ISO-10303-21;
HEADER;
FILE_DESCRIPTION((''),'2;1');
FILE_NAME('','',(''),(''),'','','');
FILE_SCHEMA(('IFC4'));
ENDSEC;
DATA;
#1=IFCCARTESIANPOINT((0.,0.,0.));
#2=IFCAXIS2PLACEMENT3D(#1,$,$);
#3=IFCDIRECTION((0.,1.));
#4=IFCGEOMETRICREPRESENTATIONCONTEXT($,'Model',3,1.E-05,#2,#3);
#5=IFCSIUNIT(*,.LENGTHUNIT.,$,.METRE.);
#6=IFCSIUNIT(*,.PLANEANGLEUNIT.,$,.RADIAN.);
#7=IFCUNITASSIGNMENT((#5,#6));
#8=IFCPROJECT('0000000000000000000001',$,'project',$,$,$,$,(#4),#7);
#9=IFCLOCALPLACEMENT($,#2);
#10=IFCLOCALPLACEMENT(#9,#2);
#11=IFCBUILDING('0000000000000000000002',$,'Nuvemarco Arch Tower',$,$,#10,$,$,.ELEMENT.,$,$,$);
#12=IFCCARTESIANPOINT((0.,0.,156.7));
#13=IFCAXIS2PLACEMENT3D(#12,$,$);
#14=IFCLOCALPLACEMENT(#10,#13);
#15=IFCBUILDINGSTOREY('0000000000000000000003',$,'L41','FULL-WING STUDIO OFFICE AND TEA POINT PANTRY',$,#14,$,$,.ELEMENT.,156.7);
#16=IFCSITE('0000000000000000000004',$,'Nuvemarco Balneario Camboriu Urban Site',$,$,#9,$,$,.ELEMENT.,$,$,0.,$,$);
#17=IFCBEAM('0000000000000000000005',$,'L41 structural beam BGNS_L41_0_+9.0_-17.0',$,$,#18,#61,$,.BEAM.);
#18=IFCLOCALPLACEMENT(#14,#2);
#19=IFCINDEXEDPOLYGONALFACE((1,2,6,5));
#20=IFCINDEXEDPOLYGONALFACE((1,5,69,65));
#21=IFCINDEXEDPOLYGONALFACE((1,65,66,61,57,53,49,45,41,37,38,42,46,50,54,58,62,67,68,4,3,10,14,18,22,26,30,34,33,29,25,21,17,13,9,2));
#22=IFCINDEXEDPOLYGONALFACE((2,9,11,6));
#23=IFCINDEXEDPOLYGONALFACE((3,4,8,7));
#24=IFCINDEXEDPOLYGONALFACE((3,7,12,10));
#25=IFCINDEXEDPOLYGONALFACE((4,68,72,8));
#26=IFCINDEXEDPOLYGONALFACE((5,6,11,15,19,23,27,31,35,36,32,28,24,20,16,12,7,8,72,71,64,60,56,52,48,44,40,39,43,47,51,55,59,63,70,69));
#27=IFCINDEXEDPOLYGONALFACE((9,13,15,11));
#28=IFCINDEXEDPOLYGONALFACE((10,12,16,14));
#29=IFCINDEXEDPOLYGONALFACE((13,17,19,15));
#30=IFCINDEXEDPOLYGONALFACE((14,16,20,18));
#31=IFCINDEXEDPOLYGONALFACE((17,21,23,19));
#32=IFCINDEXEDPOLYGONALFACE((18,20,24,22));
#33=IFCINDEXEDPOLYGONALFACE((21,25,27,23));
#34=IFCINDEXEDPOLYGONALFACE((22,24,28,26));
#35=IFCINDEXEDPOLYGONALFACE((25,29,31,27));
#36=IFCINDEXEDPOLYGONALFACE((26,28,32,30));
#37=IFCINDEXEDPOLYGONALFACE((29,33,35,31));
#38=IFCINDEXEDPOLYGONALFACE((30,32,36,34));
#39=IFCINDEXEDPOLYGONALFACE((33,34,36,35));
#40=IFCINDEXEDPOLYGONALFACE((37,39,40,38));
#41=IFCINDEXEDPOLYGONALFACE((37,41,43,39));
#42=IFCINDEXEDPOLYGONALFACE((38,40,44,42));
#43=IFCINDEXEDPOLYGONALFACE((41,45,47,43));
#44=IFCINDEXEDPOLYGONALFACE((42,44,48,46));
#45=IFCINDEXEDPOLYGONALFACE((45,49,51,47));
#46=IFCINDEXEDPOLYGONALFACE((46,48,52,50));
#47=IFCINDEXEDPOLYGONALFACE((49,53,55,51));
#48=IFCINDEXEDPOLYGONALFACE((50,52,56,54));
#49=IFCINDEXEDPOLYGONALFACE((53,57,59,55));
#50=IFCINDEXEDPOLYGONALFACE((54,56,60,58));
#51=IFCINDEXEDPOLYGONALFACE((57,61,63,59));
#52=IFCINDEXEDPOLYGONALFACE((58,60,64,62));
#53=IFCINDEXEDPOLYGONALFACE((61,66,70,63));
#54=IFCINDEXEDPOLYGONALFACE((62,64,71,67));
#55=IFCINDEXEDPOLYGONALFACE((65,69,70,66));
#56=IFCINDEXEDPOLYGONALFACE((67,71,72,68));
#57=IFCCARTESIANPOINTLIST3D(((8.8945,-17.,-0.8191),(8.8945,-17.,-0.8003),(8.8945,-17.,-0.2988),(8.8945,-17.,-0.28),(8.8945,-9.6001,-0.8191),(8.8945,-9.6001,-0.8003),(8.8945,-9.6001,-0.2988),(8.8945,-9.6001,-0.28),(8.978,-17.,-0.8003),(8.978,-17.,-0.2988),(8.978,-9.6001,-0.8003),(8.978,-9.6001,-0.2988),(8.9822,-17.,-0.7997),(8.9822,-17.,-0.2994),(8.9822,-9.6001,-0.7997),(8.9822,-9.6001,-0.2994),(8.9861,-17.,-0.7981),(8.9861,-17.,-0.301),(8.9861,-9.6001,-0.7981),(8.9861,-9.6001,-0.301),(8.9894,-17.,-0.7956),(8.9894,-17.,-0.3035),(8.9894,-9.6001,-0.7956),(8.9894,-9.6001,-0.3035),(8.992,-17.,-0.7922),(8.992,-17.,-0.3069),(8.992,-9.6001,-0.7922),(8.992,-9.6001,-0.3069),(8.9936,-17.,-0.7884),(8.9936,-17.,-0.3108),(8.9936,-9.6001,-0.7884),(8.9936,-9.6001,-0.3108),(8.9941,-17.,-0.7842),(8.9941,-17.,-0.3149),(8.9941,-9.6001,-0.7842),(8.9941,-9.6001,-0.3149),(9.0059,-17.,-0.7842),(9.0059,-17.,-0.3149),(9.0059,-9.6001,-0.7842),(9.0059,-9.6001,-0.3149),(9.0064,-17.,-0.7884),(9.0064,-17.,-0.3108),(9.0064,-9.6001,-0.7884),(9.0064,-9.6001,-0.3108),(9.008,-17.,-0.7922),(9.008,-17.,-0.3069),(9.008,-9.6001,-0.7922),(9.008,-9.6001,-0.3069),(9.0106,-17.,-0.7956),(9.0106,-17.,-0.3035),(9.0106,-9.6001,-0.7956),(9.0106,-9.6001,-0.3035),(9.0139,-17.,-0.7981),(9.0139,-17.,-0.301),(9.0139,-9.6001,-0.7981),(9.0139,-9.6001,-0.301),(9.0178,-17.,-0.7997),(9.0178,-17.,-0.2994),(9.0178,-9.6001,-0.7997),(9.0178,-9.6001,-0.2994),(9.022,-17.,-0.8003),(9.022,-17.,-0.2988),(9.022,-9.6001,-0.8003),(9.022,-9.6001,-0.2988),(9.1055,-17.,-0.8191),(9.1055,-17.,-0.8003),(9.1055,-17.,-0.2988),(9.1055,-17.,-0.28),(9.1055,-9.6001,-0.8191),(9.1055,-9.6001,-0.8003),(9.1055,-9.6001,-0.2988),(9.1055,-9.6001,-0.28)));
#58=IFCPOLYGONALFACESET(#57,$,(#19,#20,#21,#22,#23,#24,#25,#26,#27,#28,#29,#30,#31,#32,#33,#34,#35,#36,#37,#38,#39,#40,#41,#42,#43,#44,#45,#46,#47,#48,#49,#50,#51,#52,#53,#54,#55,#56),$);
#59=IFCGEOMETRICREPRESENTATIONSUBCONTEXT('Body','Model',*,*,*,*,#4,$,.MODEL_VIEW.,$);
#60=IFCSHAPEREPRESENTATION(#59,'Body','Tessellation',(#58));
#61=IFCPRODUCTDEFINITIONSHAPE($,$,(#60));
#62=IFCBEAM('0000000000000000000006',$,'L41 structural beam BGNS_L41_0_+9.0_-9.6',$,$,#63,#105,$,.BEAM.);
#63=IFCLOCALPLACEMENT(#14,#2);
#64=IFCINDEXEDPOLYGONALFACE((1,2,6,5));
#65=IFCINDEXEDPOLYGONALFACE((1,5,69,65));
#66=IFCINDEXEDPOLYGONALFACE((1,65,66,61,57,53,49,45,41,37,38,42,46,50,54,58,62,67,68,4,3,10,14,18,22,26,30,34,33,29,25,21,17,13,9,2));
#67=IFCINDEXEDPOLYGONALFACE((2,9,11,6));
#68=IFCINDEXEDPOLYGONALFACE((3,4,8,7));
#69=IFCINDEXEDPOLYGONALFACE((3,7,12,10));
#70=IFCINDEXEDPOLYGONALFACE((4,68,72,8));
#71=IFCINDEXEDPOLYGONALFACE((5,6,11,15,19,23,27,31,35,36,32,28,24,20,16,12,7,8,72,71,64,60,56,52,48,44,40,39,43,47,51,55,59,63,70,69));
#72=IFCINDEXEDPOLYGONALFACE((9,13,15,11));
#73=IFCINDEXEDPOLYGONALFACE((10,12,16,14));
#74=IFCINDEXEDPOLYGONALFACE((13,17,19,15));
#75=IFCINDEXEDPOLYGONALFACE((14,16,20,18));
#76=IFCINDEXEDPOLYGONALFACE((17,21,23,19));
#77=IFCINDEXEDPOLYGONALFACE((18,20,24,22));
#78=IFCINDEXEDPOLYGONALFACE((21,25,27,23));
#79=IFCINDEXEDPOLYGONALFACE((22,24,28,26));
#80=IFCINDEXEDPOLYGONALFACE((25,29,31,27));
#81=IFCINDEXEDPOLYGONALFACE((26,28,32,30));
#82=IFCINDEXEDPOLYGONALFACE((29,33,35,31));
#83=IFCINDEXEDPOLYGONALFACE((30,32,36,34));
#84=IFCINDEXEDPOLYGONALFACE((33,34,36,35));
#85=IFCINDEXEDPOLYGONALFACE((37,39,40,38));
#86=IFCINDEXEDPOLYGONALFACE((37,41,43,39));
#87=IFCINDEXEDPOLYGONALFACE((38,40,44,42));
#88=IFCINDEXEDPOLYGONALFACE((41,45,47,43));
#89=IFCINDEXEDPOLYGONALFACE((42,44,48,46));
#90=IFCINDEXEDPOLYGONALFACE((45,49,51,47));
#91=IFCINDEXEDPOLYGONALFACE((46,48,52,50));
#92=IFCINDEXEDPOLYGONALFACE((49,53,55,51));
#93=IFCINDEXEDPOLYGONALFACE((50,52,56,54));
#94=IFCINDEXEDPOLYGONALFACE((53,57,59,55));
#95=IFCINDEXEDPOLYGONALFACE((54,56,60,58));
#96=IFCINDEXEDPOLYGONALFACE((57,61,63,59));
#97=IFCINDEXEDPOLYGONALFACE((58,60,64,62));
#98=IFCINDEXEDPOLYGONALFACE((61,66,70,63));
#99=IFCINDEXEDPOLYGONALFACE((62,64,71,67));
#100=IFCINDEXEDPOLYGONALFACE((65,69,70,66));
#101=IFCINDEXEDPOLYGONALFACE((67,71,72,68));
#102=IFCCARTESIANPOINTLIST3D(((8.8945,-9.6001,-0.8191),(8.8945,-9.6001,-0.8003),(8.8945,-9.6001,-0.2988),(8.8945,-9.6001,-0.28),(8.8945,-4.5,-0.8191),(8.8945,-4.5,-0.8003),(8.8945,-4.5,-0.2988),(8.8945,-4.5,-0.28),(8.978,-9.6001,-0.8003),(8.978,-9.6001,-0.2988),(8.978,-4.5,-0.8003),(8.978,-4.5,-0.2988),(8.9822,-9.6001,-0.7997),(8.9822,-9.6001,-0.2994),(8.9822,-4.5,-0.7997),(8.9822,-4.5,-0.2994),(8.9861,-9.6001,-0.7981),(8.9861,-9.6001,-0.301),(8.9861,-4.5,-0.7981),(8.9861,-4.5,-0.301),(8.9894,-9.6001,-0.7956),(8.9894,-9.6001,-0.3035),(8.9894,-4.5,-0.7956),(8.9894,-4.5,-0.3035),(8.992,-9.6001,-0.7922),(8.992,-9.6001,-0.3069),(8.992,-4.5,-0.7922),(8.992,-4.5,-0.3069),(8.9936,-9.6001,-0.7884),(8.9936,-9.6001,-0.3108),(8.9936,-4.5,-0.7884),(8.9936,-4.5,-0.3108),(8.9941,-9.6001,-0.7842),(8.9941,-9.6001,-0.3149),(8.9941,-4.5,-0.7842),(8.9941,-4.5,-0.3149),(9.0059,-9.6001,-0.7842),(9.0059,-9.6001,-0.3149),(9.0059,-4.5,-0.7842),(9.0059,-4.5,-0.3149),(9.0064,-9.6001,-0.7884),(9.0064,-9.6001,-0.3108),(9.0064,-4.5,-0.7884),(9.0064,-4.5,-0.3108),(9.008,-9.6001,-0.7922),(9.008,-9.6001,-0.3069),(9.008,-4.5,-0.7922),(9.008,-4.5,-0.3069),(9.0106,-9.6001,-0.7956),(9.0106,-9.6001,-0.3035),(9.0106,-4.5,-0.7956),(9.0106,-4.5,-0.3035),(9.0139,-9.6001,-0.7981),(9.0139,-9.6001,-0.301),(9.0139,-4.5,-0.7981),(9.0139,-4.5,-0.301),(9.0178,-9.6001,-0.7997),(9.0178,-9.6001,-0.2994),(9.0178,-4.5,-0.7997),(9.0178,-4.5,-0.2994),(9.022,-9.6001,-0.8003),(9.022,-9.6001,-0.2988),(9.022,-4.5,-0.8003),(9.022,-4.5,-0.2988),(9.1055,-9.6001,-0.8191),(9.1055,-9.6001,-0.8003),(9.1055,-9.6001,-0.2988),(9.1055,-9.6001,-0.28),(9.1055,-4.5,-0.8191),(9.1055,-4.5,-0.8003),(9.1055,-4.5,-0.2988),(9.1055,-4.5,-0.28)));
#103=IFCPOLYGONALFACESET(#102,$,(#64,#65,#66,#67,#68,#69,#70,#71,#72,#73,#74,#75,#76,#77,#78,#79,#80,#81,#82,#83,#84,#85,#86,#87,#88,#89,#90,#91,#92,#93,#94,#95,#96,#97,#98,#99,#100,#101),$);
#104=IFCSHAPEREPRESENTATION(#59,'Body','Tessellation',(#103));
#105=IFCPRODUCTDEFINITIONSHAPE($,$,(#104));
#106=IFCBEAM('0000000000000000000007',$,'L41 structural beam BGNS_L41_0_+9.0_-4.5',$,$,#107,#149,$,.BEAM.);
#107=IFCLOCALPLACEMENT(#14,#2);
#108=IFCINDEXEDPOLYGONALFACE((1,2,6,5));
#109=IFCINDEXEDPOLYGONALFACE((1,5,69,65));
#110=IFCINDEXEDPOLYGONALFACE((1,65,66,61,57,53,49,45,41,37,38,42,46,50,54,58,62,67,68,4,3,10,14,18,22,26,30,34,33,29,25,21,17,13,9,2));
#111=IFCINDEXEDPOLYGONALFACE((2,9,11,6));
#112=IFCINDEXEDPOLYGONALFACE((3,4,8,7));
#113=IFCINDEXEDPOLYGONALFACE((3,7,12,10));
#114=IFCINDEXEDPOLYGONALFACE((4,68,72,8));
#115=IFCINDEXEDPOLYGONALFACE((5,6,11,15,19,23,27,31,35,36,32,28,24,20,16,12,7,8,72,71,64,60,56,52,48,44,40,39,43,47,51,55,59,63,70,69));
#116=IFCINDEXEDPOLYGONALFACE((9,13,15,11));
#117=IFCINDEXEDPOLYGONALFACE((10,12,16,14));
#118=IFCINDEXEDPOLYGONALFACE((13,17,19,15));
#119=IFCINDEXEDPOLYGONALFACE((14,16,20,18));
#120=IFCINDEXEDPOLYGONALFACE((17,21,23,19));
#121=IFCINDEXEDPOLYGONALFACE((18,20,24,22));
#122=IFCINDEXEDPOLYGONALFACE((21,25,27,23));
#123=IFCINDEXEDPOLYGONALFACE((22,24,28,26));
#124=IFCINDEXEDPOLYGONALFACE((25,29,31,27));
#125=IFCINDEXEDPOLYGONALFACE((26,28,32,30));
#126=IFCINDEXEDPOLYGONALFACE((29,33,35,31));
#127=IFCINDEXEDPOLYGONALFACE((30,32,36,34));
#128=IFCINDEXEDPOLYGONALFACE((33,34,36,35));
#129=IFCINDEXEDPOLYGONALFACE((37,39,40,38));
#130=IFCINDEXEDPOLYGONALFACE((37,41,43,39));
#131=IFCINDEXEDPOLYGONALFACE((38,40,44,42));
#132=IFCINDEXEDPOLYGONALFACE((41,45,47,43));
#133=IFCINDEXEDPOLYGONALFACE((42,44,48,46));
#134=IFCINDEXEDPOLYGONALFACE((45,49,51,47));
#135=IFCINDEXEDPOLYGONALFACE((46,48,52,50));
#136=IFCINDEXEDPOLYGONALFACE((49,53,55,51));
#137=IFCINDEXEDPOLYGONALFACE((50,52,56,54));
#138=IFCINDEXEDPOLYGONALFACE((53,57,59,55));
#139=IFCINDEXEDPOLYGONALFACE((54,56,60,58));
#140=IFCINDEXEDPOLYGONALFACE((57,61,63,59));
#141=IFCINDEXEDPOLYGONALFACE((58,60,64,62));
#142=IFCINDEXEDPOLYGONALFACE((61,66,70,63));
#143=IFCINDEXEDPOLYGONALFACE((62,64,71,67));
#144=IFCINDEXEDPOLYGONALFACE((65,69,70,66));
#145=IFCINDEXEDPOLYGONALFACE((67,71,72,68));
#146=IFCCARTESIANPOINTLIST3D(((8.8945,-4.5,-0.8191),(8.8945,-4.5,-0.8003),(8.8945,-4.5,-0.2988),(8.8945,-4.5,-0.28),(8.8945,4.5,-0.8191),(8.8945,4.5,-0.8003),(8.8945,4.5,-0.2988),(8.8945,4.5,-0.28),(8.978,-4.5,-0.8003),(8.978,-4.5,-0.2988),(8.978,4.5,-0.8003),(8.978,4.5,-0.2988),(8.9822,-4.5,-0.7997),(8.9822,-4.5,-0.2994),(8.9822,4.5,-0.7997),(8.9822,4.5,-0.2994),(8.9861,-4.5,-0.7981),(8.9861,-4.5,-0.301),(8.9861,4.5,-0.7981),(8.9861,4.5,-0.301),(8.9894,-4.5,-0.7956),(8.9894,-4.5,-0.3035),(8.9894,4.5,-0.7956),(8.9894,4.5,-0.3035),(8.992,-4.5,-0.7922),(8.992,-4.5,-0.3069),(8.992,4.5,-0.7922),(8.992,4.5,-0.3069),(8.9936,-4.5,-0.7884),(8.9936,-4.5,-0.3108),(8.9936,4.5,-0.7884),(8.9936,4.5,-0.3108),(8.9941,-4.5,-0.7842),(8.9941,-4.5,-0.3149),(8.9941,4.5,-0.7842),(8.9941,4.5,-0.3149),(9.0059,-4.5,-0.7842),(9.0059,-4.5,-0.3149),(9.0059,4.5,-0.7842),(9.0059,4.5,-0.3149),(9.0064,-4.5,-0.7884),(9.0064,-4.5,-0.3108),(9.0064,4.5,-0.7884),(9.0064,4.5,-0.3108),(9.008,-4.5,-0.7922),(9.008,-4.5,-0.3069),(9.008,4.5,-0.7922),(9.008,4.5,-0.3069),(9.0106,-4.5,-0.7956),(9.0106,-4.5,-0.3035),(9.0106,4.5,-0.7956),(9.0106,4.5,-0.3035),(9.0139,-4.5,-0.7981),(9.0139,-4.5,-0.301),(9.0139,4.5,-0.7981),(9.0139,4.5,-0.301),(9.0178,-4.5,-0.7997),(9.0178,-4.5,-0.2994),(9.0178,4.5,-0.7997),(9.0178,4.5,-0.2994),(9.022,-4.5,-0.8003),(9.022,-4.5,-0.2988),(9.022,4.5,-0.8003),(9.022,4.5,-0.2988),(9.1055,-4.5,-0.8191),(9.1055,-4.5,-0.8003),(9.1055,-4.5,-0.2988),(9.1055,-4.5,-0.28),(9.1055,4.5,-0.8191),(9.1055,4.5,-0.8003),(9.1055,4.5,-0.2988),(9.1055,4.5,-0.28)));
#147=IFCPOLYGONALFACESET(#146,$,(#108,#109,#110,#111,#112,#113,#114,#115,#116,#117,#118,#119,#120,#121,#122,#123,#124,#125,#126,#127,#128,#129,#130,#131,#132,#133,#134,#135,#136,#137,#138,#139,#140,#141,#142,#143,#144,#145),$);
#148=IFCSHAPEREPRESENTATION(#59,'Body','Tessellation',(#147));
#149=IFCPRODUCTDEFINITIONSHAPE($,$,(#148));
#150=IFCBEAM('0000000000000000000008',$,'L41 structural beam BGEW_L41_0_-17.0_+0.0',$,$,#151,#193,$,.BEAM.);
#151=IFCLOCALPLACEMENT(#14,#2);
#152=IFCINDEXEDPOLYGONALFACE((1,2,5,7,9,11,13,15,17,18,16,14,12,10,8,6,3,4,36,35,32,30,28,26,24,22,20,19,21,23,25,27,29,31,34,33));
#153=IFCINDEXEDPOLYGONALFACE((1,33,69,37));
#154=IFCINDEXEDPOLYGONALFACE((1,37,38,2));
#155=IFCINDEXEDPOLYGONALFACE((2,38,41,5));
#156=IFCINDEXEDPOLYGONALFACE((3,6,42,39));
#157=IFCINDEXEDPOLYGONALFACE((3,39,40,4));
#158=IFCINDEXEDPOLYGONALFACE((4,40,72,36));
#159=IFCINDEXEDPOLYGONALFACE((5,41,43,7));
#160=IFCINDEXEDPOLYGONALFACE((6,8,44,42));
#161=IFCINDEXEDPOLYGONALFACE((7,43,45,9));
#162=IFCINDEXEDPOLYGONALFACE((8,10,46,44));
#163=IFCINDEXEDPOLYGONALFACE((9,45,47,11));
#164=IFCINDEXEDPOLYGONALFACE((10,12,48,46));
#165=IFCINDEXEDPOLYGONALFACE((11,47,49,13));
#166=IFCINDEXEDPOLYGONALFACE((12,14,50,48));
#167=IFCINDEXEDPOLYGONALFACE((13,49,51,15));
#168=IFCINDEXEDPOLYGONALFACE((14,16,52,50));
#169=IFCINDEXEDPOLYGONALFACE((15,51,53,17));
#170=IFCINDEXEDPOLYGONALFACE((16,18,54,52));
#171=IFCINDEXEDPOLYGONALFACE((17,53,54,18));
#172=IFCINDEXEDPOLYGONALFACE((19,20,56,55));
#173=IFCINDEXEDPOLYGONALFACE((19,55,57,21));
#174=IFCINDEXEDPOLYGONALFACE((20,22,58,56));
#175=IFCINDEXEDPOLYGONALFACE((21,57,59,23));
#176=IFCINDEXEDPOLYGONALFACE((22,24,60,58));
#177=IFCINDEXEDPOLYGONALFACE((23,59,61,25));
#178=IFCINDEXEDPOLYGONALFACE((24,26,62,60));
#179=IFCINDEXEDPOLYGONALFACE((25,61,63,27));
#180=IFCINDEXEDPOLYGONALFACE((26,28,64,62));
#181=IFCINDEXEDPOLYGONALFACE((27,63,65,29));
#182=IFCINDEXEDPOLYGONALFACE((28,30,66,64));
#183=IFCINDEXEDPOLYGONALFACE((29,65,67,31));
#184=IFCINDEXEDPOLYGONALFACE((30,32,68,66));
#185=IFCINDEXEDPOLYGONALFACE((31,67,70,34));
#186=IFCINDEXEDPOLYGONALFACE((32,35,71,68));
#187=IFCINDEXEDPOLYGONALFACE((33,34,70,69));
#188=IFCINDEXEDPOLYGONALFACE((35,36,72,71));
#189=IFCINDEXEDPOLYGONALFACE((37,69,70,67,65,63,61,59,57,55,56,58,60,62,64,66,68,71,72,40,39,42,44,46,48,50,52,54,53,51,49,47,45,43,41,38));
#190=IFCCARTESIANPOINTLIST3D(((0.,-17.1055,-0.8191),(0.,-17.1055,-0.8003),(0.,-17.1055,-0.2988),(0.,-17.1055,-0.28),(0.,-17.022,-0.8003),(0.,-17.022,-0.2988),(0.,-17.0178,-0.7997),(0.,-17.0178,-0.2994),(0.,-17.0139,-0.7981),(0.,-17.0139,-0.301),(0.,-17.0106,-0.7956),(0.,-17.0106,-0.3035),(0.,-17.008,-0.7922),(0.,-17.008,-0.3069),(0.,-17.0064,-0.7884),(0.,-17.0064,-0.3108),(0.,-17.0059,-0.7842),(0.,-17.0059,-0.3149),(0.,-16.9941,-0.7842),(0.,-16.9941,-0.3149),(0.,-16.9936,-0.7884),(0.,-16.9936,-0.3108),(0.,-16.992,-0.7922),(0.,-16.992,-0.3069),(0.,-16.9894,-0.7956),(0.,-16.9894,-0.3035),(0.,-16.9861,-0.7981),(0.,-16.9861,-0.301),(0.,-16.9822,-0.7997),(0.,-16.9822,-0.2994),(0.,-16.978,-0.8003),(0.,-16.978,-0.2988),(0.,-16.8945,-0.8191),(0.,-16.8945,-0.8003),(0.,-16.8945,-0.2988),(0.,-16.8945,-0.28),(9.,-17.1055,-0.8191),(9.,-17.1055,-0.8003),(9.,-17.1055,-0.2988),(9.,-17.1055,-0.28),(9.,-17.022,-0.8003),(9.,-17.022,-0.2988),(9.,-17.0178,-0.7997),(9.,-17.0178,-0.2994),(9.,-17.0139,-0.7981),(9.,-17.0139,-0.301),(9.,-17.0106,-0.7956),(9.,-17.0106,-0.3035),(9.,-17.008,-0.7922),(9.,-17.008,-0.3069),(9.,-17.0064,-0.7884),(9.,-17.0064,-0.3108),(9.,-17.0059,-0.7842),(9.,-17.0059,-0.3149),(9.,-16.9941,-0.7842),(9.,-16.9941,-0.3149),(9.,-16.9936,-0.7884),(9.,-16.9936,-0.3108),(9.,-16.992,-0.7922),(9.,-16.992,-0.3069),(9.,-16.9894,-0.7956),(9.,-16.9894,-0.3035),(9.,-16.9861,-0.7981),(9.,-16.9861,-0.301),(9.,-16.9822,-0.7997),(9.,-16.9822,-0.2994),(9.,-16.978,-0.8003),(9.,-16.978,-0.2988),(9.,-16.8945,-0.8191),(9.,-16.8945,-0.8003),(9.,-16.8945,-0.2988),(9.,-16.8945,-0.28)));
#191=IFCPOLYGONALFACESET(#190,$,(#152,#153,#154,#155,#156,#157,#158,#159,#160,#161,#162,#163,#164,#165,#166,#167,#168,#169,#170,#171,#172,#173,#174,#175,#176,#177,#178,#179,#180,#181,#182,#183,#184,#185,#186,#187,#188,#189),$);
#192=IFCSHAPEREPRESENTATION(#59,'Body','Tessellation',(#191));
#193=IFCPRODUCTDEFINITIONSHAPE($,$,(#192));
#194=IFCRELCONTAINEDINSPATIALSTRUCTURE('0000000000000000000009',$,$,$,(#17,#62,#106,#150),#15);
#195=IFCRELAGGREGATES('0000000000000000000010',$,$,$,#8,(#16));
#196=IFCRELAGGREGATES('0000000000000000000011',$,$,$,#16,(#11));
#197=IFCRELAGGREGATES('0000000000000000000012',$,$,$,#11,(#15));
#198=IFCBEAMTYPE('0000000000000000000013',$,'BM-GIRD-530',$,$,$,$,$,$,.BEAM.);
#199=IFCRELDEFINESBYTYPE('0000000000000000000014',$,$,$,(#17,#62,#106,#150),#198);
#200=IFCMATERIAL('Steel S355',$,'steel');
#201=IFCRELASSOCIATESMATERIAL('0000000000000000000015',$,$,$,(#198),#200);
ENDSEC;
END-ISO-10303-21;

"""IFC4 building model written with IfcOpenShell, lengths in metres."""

from ifc_helpers import new_model, si_unit, direction, frame, origin, origin_2d, place, context, subcontext, project, spatial, i_section, extrude, material, material_profile, profile_set, type_object, element, save


model = new_model("IFC4")

# Units and contexts
model_context = context("Model", 3, precision=1e-05, world=origin(), true_north=direction((0.0, 1.0)))
body_context = subcontext(model_context, "Body", "Model", "MODEL_VIEW")
ifc_project = project(units=[si_unit("LENGTHUNIT", "METRE"), si_unit("PLANEANGLEUNIT", "RADIAN")], contexts=[model_context])

# Site, building, storey
site_placement = place(None, origin())
site = spatial("IfcSite", under=ifc_project, at=site_placement, Name="Nuvemarco Balneario Camboriu Urban Site", CompositionType="ELEMENT", RefElevation=0.0)
building_placement = place(site_placement, origin())
building = spatial("IfcBuilding", under=site, at=building_placement, Name="Nuvemarco Arch Tower", CompositionType="ELEMENT")
storey_placement = place(building_placement, frame((0.0, 0.0, 156.7)))
storey = spatial("IfcBuildingStorey", under=building, at=storey_placement, Name="L41", Description="FULL-WING STUDIO OFFICE AND TEA POINT PANTRY", CompositionType="ELEMENT", Elevation=156.7)

# Shared definitions
ifc_material_1 = material(Name="Steel S355", Category="steel")

# Beams
ifc_material_profile_1 = material_profile(ifc_material_1, i_section(OverallWidth=0.2109, OverallDepth=0.5391, WebThickness=0.0117, FlangeThickness=0.0188, FilletRadius=0.0161, at=origin_2d()), Name="W530x109")
ifc_profile_set_1 = profile_set([ifc_material_profile_1], Name="Steel S355")
beam_type_1 = type_object("IfcBeamType", Name="BM-GIRD-530", PredefinedType="BEAM", material=ifc_profile_set_1)
beam_1_placement = place(storey_placement, frame((9.0, -17.0, -0.5496), z_axis=(0.0, 1.0, 0.0), x_axis=(-1.0, 0.0, 0.0)))
element("IfcBeam", 1, at=beam_1_placement, inside=storey, type_object=beam_type_1, Name="L41 structural beam BGNS_L41_0_+9.0_-17.0", PredefinedType="BEAM", context=body_context, shape_type="SweptSolid", body=[
    extrude(i_section(OverallWidth=0.2109, OverallDepth=0.5391, WebThickness=0.0117, FlangeThickness=0.0188, FilletRadius=0.0161, at=origin_2d()), origin(), (0.0, 0.0, 1.0), 7.3999),
])
beam_2_placement = place(storey_placement, frame((9.0, -9.6001, -0.5496), z_axis=(0.0, 1.0, 0.0), x_axis=(-1.0, 0.0, 0.0)))
element("IfcBeam", 2, at=beam_2_placement, inside=storey, type_object=beam_type_1, Name="L41 structural beam BGNS_L41_0_+9.0_-9.6", PredefinedType="BEAM", context=body_context, shape_type="SweptSolid", body=[
    extrude(i_section(OverallWidth=0.2109, OverallDepth=0.5391, WebThickness=0.0117, FlangeThickness=0.0188, FilletRadius=0.0161, at=origin_2d()), origin(), (0.0, 0.0, 1.0), 5.1001),
])
for number, where, z_axis, x_axis, name in (
    (3, (9.0, -4.5, -0.5496), (0.0, 1.0, 0.0), (-1.0, 0.0, 0.0), "L41 structural beam BGNS_L41_0_+9.0_-4.5"),
    (4, (0.0, -17.0, -0.5496), (1.0, 0.0, 0.0), (0.0, 1.0, 0.0), "L41 structural beam BGEW_L41_0_-17.0_+0.0"),
):
    element("IfcBeam", number, at=place(storey_placement, frame(where, z_axis=z_axis, x_axis=x_axis)), inside=storey, type_object=beam_type_1, Name=name, PredefinedType="BEAM", context=body_context, shape_type="SweptSolid", body=[
        extrude(i_section(OverallWidth=0.2109, OverallDepth=0.5391, WebThickness=0.0117, FlangeThickness=0.0188, FilletRadius=0.0161, at=origin_2d()), origin(), (0.0, 0.0, 1.0), 9.0),
    ])

save(model, "model.ifc")
